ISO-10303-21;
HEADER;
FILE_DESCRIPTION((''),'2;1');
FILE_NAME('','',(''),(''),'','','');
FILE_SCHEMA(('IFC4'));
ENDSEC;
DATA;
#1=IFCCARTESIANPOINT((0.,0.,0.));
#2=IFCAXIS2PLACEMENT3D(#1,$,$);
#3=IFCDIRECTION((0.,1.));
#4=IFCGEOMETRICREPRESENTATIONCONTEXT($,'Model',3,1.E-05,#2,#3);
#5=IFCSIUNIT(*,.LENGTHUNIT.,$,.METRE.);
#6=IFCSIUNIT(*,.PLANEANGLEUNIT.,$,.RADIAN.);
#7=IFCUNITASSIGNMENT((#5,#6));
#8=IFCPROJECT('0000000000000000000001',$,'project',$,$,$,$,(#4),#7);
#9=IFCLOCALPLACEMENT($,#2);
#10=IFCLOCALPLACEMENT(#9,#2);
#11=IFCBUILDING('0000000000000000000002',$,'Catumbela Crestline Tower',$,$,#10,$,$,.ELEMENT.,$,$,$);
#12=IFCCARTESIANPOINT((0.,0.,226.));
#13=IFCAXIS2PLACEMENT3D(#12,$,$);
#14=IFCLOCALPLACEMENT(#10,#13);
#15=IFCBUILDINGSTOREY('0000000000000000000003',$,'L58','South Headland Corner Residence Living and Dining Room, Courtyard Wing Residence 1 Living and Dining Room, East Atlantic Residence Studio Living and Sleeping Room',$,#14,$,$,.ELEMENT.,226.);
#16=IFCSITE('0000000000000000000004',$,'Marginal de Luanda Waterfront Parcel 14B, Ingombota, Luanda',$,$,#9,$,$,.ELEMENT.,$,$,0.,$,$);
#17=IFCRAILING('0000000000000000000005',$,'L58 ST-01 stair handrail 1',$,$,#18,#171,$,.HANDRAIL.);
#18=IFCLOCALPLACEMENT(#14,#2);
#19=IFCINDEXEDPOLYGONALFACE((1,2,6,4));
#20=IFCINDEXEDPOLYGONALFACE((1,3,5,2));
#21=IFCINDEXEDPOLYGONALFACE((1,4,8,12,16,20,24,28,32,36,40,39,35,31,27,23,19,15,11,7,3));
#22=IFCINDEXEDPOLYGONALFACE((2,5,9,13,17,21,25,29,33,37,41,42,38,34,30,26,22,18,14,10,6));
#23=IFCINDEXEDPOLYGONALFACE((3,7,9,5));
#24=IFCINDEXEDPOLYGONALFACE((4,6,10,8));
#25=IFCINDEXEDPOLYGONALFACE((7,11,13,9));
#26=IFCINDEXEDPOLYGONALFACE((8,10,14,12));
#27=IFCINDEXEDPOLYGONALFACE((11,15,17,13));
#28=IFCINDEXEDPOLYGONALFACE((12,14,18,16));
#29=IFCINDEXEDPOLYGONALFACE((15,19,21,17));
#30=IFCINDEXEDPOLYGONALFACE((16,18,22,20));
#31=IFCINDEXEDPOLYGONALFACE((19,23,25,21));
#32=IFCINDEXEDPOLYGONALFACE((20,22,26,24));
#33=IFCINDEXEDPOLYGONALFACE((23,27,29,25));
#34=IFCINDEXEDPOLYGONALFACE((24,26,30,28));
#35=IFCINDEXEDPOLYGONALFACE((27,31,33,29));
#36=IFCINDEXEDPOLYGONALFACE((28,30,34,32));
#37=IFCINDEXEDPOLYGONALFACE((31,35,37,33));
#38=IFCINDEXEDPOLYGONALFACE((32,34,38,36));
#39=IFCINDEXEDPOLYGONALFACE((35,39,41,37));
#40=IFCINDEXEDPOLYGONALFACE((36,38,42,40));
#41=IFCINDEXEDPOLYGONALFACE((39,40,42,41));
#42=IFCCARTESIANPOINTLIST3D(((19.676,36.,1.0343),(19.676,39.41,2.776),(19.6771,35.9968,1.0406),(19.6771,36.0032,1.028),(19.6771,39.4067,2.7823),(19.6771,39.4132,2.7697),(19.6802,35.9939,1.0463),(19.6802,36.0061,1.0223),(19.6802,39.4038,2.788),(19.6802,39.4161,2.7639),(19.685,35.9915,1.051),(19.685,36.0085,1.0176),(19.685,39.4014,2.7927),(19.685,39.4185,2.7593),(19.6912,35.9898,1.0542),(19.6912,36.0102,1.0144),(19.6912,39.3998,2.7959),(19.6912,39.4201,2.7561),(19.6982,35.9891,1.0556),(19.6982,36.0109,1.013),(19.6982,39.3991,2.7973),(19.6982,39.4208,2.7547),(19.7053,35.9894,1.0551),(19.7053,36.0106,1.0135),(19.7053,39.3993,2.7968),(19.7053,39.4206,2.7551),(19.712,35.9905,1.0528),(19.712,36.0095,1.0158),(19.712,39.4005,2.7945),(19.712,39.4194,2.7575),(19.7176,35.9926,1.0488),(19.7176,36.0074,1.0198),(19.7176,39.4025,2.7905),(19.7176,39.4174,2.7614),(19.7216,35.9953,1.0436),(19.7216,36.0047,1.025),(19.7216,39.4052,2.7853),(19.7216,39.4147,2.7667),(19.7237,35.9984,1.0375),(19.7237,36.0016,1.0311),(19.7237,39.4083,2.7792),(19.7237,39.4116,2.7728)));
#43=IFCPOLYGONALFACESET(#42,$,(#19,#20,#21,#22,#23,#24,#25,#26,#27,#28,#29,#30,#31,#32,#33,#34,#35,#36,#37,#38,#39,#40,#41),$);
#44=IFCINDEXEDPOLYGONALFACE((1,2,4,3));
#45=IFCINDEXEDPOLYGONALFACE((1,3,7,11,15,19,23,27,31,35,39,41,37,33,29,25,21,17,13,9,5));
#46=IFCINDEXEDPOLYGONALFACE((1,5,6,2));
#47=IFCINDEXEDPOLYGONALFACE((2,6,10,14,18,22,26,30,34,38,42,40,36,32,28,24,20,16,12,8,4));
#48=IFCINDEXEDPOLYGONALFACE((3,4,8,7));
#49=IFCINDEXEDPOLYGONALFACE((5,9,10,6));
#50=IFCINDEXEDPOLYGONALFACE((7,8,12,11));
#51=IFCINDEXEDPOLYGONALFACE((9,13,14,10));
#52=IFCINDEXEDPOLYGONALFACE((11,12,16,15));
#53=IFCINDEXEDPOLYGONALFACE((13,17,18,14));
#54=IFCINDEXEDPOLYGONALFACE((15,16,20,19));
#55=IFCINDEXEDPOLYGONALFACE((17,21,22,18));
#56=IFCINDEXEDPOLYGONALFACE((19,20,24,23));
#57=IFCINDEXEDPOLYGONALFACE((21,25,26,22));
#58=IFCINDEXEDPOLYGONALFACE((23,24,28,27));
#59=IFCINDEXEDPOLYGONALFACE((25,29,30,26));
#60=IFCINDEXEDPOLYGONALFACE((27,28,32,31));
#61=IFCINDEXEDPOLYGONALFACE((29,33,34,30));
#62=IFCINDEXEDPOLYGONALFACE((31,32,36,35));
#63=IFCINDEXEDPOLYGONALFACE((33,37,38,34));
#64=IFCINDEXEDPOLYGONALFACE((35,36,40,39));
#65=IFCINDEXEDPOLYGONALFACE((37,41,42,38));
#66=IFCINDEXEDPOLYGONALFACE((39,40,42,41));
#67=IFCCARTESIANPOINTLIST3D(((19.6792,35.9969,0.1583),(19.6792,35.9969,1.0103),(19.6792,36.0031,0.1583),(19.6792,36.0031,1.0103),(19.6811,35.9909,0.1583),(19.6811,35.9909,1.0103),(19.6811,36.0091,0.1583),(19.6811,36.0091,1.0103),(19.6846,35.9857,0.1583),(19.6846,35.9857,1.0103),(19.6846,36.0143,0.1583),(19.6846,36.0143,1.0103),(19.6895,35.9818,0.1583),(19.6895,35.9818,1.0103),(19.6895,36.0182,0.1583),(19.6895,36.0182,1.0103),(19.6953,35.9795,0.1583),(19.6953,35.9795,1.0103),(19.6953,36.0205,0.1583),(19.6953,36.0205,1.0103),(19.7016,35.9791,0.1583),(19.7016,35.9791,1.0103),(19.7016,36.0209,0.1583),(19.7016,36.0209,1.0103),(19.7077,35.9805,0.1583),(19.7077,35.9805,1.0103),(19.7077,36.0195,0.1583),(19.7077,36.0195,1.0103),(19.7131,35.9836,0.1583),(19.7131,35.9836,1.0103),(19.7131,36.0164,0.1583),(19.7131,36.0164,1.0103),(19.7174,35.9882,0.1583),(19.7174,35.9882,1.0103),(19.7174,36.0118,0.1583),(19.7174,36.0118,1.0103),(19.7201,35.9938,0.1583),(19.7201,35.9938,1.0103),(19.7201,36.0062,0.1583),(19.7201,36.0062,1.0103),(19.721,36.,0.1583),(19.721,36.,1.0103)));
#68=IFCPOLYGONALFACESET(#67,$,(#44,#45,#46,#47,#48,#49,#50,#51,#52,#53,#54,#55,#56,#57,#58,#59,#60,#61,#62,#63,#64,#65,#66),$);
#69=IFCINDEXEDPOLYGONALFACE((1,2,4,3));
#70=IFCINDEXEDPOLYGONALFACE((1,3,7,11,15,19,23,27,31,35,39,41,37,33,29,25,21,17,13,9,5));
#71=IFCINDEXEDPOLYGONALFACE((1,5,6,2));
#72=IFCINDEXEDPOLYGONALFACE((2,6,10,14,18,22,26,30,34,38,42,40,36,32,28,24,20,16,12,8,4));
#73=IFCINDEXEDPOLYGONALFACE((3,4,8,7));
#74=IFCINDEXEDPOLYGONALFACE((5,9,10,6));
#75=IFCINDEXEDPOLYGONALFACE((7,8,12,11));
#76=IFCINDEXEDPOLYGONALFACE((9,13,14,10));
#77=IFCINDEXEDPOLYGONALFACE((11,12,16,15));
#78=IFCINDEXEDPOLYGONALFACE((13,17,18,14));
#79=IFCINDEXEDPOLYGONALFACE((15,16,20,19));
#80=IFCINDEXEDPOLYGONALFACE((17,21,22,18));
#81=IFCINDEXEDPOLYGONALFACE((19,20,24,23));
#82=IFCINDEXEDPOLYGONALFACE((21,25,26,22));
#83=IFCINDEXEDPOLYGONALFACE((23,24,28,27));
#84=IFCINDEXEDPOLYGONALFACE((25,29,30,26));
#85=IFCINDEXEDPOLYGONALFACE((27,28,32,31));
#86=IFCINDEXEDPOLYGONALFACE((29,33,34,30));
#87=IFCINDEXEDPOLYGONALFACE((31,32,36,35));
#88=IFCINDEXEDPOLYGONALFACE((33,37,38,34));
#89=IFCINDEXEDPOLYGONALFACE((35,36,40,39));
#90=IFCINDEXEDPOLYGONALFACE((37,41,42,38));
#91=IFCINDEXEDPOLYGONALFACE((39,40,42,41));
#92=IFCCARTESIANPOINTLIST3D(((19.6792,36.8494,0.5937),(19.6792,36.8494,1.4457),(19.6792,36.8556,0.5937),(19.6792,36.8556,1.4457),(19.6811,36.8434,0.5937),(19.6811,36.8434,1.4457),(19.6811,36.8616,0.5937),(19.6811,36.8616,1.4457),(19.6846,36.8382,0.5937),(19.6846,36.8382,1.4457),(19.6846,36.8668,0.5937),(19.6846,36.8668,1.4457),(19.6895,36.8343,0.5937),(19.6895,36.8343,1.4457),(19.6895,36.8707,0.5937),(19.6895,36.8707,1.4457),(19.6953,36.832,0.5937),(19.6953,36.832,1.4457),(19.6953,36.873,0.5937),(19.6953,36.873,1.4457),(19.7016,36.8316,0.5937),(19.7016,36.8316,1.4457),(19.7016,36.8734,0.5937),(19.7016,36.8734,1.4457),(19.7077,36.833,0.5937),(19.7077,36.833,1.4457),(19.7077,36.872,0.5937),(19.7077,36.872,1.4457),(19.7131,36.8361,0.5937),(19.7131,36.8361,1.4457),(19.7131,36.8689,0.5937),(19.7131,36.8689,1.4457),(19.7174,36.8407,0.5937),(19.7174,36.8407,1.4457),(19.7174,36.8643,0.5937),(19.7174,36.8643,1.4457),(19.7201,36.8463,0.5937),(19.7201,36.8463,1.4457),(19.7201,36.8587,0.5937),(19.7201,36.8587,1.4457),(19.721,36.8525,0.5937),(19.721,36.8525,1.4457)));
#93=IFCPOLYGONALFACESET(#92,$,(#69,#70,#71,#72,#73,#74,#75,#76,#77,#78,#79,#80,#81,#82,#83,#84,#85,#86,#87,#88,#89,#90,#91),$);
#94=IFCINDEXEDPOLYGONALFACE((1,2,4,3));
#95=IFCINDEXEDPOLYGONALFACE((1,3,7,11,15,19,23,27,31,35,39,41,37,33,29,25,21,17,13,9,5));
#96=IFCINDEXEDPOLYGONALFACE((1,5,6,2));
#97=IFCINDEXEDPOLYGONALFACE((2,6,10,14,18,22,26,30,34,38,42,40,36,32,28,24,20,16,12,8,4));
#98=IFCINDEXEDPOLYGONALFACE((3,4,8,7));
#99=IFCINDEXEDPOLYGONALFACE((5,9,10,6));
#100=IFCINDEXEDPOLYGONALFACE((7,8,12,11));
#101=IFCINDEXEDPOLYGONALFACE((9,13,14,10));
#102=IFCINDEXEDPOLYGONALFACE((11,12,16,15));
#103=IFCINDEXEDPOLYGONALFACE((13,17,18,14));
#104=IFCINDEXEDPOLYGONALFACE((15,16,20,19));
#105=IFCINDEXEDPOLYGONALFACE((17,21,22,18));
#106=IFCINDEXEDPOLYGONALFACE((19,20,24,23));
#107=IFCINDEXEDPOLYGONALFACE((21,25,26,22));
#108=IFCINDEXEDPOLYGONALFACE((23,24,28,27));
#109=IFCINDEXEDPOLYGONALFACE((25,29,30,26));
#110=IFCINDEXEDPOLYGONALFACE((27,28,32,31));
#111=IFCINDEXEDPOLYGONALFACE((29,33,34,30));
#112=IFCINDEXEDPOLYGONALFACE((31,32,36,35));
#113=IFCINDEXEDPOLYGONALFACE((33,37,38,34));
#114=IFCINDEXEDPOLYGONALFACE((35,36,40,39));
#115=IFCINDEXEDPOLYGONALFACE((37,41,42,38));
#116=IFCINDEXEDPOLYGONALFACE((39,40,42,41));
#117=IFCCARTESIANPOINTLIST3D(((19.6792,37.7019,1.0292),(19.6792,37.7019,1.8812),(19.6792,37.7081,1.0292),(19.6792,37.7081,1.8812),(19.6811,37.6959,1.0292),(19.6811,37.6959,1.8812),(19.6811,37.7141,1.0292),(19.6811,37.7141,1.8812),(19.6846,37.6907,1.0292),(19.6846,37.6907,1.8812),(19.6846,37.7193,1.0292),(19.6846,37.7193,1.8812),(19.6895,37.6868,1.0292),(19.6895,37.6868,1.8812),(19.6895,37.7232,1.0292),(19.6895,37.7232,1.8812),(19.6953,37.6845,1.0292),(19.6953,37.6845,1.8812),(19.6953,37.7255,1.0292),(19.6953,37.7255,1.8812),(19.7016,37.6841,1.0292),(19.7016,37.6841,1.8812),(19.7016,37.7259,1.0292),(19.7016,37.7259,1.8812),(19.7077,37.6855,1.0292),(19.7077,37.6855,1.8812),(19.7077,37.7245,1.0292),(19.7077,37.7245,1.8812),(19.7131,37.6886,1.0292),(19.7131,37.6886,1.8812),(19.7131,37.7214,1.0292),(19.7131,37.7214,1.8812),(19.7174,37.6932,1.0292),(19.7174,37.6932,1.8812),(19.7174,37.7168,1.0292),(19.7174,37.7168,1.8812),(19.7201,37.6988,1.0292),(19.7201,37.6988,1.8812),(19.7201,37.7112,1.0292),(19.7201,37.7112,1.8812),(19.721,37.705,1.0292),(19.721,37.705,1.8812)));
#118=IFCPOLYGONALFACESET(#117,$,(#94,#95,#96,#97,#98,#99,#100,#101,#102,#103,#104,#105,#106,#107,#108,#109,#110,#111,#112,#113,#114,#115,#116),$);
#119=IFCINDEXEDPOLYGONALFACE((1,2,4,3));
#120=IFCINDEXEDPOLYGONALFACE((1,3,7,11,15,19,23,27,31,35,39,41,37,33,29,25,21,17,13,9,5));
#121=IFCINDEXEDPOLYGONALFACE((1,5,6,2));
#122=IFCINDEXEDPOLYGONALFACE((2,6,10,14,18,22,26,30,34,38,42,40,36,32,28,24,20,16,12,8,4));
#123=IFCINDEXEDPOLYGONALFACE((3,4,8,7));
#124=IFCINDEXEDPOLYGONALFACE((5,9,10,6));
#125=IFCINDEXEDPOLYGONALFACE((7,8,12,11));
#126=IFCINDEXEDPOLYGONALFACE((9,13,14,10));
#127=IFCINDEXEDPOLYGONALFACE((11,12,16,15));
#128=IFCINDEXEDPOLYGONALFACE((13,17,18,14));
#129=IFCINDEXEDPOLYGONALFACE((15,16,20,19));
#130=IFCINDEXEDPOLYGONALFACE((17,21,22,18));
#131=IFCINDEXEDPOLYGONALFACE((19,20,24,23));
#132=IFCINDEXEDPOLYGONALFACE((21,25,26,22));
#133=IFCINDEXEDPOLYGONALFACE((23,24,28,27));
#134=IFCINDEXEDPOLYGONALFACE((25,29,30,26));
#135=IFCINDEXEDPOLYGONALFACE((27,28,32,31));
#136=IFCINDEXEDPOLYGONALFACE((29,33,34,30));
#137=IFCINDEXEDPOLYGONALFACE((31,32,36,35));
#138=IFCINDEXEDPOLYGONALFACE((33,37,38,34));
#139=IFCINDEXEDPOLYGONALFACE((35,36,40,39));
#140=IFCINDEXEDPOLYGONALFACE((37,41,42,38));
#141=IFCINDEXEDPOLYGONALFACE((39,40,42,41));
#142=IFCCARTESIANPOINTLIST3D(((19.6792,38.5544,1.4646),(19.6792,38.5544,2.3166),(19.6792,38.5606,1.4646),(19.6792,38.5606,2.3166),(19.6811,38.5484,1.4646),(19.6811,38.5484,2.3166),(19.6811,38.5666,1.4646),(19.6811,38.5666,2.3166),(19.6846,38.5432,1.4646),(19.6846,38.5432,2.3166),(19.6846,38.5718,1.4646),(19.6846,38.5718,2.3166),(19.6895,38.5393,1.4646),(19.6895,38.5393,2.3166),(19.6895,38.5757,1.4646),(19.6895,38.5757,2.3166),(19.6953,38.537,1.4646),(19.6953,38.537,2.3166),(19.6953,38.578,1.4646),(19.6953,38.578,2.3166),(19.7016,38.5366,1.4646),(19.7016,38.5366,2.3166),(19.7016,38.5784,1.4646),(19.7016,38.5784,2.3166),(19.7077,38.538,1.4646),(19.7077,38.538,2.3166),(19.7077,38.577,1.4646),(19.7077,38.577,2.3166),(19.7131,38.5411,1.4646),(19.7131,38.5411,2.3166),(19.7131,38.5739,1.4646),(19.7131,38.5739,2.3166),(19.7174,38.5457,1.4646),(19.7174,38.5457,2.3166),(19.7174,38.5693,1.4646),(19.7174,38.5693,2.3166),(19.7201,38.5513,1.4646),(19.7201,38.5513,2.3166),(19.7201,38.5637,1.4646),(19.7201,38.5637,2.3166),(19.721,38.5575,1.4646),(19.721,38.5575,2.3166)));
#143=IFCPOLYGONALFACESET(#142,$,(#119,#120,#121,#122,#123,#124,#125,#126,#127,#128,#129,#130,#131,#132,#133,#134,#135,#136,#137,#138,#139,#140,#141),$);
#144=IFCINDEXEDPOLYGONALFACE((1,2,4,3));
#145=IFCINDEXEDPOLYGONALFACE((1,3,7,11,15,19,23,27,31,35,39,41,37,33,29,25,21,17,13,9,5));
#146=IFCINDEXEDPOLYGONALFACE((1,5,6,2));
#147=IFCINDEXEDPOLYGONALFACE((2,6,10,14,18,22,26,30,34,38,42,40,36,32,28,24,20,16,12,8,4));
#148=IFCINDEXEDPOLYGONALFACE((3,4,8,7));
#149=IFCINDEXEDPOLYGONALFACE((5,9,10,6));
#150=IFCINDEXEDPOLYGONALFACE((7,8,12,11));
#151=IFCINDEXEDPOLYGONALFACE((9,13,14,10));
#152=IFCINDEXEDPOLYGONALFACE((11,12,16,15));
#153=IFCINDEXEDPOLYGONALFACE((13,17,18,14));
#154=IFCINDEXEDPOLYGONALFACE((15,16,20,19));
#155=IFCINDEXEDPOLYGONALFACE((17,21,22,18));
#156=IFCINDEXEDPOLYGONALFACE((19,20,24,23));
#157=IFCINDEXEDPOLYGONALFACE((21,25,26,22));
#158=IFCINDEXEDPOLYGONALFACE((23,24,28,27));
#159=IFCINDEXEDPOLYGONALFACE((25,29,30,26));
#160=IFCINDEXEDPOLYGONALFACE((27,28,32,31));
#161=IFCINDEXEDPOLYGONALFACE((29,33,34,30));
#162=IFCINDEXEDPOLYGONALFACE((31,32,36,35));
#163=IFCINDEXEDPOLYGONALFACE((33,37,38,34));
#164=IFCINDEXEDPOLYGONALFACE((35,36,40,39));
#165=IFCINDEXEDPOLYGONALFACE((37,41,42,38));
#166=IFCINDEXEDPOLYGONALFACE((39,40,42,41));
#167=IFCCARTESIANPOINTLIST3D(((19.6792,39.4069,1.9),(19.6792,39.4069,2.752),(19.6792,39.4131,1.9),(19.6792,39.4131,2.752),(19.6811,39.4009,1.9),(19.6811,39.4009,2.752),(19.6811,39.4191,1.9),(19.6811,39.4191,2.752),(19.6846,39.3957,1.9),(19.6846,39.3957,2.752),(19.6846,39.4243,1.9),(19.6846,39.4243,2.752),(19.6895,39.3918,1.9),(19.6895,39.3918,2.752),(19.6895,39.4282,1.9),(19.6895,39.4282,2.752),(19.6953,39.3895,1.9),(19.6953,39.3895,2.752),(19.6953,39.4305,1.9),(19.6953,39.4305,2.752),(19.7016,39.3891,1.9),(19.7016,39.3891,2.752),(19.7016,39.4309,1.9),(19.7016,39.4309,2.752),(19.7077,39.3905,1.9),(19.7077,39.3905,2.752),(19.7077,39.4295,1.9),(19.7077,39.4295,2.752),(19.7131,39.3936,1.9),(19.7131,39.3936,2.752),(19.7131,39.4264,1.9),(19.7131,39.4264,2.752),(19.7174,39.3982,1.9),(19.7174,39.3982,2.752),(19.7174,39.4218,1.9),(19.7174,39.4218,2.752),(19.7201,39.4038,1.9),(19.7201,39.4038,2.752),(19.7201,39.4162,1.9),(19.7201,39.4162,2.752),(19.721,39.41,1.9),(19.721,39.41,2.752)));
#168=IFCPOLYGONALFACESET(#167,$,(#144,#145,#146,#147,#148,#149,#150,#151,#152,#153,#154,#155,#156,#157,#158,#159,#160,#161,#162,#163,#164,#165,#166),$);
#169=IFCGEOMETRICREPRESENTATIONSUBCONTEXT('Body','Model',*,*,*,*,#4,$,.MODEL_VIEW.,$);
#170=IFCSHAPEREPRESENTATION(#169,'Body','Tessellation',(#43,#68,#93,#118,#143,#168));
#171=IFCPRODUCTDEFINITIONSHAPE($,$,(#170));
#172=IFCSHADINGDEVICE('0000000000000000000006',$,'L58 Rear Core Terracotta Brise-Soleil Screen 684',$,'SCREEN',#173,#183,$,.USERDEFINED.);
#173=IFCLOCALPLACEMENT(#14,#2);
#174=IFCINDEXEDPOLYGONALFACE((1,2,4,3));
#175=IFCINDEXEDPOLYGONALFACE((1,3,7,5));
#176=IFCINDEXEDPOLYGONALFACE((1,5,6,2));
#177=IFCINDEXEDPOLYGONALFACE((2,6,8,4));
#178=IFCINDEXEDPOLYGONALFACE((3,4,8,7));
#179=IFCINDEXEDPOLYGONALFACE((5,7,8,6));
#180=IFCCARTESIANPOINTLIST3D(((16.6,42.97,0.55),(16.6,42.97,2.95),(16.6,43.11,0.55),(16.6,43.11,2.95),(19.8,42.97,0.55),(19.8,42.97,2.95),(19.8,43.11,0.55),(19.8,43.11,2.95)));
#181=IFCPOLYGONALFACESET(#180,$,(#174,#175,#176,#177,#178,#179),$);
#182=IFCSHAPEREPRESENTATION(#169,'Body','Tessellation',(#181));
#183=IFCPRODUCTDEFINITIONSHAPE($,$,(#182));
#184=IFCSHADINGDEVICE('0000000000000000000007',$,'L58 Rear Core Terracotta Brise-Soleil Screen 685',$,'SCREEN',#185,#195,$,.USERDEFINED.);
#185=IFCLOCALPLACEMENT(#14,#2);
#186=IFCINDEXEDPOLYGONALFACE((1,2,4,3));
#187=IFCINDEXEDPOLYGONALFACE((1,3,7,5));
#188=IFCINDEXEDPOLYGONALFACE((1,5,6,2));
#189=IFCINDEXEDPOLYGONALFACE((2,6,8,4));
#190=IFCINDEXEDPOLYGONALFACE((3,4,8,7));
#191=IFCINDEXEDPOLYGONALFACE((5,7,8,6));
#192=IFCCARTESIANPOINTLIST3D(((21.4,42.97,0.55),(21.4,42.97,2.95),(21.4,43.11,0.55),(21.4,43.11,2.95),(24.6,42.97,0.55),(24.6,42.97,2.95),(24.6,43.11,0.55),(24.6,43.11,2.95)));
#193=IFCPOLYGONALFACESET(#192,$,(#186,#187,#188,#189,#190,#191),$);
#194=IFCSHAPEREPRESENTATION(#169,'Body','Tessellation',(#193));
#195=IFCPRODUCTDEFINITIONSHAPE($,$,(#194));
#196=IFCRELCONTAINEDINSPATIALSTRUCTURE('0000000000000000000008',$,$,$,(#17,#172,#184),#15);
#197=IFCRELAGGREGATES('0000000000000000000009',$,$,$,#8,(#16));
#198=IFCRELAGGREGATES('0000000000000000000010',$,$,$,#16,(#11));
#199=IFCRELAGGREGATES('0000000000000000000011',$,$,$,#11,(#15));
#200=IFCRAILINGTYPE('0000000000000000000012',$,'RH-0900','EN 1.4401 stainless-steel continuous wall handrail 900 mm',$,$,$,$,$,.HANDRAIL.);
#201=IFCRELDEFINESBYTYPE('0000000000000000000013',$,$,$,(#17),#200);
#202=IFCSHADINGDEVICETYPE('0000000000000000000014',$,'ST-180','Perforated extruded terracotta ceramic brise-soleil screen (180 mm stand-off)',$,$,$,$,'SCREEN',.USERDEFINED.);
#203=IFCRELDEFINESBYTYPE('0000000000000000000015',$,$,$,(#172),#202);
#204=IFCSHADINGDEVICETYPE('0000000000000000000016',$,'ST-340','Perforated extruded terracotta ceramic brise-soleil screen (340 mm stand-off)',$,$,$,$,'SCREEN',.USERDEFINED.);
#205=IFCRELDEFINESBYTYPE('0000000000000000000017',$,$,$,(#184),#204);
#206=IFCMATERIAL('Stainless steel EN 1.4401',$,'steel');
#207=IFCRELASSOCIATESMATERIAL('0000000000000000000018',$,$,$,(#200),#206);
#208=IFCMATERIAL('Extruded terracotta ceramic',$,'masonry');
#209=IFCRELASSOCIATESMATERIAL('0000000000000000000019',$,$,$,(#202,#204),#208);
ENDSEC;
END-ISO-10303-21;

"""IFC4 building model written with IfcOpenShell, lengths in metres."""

from ifc_helpers import new_model, si_unit, direction, frame, origin, origin_2d, place, context, subcontext, project, spatial, rectangle, circle, extrude, material, type_object, element, save


model = new_model("IFC4")

# Units and contexts
model_context = context("Model", 3, precision=1e-05, world=origin(), true_north=direction((0.0, 1.0)))
body_context = subcontext(model_context, "Body", "Model", "MODEL_VIEW")
ifc_project = project(units=[si_unit("LENGTHUNIT", "METRE"), si_unit("PLANEANGLEUNIT", "RADIAN")], contexts=[model_context])

# Site, building, storey
site_placement = place(None, origin())
site = spatial("IfcSite", under=ifc_project, at=site_placement, Name="Marginal de Luanda Waterfront Parcel 14B, Ingombota, Luanda", CompositionType="ELEMENT", RefElevation=0.0)
building_placement = place(site_placement, origin())
building = spatial("IfcBuilding", under=site, at=building_placement, Name="Catumbela Crestline Tower", CompositionType="ELEMENT")
storey_placement = place(building_placement, frame((0.0, 0.0, 226.0)))
storey = spatial("IfcBuildingStorey", under=building, at=storey_placement, Name="L58", Description="South Headland Corner Residence Living and Dining Room, Courtyard Wing Residence 1 Living and Dining Room, East Atlantic Residence Studio Living and Sleeping Room", CompositionType="ELEMENT", Elevation=226.0)

# Shared definitions
ifc_material_1 = material(Name="Stainless steel EN 1.4401", Category="steel")

# Railing
railing_type_1 = type_object("IfcRailingType", Name="RH-0900", Description="EN 1.4401 stainless-steel continuous wall handrail 900 mm", PredefinedType="HANDRAIL", material=ifc_material_1)
railing_1_placement = place(storey_placement, frame((19.7, 36.0, 0.1583)))
element("IfcRailing", 1, at=railing_1_placement, inside=storey, type_object=railing_type_1, Name="L58 ST-01 stair handrail 1", PredefinedType="HANDRAIL", context=body_context, shape_type="SweptSolid", body=[
    extrude(circle(Radius=0.024, at=origin_2d()), frame((0.0, 0.0, 0.876), z_axis=(0.0, 0.89056, 0.454865), x_axis=(-1.0, 0.0, 0.0)), (0.0, 0.0, 1.0), 3.829),
    extrude(circle(Radius=0.021, at=origin_2d()), origin(), (0.0, 0.0, 1.0), 0.852),
    extrude(circle(Radius=0.021, at=origin_2d()), frame((0.0, 0.8525, 0.4354)), (0.0, 0.0, 1.0), 0.852),
    extrude(circle(Radius=0.021, at=origin_2d()), frame((0.0, 1.705, 0.8709)), (0.0, 0.0, 1.0), 0.852),
    extrude(circle(Radius=0.021, at=origin_2d()), frame((0.0, 2.5575, 1.3063)), (0.0, 0.0, 1.0), 0.852),
    extrude(circle(Radius=0.021, at=origin_2d()), frame((0.0, 3.41, 1.7417)), (0.0, 0.0, 1.0), 0.852),
])

# Shading devices
ifc_material_2 = material(Name="Extruded terracotta ceramic", Category="masonry")
shading_device_type_1 = type_object("IfcShadingDeviceType", Name="ST-180", Description="Perforated extruded terracotta ceramic brise-soleil screen (180 mm stand-off)", ElementType="SCREEN", PredefinedType="USERDEFINED", material=ifc_material_2)
shading_device_1_placement = place(storey_placement, frame((18.2, 43.04, 0.55), z_axis=(0.0, 0.0, 1.0), x_axis=(1.0, 0.0, 0.0)))
element("IfcShadingDevice", 2, at=shading_device_1_placement, inside=storey, type_object=shading_device_type_1, Name="L58 Rear Core Terracotta Brise-Soleil Screen 684", ObjectType="SCREEN", PredefinedType="USERDEFINED", context=body_context, shape_type="SweptSolid", body=[
    extrude(rectangle(XDim=3.2, YDim=0.14, at=origin_2d()), origin(), (0.0, 0.0, 1.0), 2.4),
])
shading_device_type_2 = type_object("IfcShadingDeviceType", Name="ST-340", Description="Perforated extruded terracotta ceramic brise-soleil screen (340 mm stand-off)", ElementType="SCREEN", PredefinedType="USERDEFINED", material=ifc_material_2)
shading_device_2_placement = place(storey_placement, frame((23.0, 43.04, 0.55), z_axis=(0.0, 0.0, 1.0), x_axis=(1.0, 0.0, 0.0)))
element("IfcShadingDevice", 3, at=shading_device_2_placement, inside=storey, type_object=shading_device_type_2, Name="L58 Rear Core Terracotta Brise-Soleil Screen 685", ObjectType="SCREEN", PredefinedType="USERDEFINED", context=body_context, shape_type="SweptSolid", body=[
    extrude(rectangle(XDim=3.2, YDim=0.14, at=origin_2d()), origin(), (0.0, 0.0, 1.0), 2.4),
])

save(model, "model.ifc")
